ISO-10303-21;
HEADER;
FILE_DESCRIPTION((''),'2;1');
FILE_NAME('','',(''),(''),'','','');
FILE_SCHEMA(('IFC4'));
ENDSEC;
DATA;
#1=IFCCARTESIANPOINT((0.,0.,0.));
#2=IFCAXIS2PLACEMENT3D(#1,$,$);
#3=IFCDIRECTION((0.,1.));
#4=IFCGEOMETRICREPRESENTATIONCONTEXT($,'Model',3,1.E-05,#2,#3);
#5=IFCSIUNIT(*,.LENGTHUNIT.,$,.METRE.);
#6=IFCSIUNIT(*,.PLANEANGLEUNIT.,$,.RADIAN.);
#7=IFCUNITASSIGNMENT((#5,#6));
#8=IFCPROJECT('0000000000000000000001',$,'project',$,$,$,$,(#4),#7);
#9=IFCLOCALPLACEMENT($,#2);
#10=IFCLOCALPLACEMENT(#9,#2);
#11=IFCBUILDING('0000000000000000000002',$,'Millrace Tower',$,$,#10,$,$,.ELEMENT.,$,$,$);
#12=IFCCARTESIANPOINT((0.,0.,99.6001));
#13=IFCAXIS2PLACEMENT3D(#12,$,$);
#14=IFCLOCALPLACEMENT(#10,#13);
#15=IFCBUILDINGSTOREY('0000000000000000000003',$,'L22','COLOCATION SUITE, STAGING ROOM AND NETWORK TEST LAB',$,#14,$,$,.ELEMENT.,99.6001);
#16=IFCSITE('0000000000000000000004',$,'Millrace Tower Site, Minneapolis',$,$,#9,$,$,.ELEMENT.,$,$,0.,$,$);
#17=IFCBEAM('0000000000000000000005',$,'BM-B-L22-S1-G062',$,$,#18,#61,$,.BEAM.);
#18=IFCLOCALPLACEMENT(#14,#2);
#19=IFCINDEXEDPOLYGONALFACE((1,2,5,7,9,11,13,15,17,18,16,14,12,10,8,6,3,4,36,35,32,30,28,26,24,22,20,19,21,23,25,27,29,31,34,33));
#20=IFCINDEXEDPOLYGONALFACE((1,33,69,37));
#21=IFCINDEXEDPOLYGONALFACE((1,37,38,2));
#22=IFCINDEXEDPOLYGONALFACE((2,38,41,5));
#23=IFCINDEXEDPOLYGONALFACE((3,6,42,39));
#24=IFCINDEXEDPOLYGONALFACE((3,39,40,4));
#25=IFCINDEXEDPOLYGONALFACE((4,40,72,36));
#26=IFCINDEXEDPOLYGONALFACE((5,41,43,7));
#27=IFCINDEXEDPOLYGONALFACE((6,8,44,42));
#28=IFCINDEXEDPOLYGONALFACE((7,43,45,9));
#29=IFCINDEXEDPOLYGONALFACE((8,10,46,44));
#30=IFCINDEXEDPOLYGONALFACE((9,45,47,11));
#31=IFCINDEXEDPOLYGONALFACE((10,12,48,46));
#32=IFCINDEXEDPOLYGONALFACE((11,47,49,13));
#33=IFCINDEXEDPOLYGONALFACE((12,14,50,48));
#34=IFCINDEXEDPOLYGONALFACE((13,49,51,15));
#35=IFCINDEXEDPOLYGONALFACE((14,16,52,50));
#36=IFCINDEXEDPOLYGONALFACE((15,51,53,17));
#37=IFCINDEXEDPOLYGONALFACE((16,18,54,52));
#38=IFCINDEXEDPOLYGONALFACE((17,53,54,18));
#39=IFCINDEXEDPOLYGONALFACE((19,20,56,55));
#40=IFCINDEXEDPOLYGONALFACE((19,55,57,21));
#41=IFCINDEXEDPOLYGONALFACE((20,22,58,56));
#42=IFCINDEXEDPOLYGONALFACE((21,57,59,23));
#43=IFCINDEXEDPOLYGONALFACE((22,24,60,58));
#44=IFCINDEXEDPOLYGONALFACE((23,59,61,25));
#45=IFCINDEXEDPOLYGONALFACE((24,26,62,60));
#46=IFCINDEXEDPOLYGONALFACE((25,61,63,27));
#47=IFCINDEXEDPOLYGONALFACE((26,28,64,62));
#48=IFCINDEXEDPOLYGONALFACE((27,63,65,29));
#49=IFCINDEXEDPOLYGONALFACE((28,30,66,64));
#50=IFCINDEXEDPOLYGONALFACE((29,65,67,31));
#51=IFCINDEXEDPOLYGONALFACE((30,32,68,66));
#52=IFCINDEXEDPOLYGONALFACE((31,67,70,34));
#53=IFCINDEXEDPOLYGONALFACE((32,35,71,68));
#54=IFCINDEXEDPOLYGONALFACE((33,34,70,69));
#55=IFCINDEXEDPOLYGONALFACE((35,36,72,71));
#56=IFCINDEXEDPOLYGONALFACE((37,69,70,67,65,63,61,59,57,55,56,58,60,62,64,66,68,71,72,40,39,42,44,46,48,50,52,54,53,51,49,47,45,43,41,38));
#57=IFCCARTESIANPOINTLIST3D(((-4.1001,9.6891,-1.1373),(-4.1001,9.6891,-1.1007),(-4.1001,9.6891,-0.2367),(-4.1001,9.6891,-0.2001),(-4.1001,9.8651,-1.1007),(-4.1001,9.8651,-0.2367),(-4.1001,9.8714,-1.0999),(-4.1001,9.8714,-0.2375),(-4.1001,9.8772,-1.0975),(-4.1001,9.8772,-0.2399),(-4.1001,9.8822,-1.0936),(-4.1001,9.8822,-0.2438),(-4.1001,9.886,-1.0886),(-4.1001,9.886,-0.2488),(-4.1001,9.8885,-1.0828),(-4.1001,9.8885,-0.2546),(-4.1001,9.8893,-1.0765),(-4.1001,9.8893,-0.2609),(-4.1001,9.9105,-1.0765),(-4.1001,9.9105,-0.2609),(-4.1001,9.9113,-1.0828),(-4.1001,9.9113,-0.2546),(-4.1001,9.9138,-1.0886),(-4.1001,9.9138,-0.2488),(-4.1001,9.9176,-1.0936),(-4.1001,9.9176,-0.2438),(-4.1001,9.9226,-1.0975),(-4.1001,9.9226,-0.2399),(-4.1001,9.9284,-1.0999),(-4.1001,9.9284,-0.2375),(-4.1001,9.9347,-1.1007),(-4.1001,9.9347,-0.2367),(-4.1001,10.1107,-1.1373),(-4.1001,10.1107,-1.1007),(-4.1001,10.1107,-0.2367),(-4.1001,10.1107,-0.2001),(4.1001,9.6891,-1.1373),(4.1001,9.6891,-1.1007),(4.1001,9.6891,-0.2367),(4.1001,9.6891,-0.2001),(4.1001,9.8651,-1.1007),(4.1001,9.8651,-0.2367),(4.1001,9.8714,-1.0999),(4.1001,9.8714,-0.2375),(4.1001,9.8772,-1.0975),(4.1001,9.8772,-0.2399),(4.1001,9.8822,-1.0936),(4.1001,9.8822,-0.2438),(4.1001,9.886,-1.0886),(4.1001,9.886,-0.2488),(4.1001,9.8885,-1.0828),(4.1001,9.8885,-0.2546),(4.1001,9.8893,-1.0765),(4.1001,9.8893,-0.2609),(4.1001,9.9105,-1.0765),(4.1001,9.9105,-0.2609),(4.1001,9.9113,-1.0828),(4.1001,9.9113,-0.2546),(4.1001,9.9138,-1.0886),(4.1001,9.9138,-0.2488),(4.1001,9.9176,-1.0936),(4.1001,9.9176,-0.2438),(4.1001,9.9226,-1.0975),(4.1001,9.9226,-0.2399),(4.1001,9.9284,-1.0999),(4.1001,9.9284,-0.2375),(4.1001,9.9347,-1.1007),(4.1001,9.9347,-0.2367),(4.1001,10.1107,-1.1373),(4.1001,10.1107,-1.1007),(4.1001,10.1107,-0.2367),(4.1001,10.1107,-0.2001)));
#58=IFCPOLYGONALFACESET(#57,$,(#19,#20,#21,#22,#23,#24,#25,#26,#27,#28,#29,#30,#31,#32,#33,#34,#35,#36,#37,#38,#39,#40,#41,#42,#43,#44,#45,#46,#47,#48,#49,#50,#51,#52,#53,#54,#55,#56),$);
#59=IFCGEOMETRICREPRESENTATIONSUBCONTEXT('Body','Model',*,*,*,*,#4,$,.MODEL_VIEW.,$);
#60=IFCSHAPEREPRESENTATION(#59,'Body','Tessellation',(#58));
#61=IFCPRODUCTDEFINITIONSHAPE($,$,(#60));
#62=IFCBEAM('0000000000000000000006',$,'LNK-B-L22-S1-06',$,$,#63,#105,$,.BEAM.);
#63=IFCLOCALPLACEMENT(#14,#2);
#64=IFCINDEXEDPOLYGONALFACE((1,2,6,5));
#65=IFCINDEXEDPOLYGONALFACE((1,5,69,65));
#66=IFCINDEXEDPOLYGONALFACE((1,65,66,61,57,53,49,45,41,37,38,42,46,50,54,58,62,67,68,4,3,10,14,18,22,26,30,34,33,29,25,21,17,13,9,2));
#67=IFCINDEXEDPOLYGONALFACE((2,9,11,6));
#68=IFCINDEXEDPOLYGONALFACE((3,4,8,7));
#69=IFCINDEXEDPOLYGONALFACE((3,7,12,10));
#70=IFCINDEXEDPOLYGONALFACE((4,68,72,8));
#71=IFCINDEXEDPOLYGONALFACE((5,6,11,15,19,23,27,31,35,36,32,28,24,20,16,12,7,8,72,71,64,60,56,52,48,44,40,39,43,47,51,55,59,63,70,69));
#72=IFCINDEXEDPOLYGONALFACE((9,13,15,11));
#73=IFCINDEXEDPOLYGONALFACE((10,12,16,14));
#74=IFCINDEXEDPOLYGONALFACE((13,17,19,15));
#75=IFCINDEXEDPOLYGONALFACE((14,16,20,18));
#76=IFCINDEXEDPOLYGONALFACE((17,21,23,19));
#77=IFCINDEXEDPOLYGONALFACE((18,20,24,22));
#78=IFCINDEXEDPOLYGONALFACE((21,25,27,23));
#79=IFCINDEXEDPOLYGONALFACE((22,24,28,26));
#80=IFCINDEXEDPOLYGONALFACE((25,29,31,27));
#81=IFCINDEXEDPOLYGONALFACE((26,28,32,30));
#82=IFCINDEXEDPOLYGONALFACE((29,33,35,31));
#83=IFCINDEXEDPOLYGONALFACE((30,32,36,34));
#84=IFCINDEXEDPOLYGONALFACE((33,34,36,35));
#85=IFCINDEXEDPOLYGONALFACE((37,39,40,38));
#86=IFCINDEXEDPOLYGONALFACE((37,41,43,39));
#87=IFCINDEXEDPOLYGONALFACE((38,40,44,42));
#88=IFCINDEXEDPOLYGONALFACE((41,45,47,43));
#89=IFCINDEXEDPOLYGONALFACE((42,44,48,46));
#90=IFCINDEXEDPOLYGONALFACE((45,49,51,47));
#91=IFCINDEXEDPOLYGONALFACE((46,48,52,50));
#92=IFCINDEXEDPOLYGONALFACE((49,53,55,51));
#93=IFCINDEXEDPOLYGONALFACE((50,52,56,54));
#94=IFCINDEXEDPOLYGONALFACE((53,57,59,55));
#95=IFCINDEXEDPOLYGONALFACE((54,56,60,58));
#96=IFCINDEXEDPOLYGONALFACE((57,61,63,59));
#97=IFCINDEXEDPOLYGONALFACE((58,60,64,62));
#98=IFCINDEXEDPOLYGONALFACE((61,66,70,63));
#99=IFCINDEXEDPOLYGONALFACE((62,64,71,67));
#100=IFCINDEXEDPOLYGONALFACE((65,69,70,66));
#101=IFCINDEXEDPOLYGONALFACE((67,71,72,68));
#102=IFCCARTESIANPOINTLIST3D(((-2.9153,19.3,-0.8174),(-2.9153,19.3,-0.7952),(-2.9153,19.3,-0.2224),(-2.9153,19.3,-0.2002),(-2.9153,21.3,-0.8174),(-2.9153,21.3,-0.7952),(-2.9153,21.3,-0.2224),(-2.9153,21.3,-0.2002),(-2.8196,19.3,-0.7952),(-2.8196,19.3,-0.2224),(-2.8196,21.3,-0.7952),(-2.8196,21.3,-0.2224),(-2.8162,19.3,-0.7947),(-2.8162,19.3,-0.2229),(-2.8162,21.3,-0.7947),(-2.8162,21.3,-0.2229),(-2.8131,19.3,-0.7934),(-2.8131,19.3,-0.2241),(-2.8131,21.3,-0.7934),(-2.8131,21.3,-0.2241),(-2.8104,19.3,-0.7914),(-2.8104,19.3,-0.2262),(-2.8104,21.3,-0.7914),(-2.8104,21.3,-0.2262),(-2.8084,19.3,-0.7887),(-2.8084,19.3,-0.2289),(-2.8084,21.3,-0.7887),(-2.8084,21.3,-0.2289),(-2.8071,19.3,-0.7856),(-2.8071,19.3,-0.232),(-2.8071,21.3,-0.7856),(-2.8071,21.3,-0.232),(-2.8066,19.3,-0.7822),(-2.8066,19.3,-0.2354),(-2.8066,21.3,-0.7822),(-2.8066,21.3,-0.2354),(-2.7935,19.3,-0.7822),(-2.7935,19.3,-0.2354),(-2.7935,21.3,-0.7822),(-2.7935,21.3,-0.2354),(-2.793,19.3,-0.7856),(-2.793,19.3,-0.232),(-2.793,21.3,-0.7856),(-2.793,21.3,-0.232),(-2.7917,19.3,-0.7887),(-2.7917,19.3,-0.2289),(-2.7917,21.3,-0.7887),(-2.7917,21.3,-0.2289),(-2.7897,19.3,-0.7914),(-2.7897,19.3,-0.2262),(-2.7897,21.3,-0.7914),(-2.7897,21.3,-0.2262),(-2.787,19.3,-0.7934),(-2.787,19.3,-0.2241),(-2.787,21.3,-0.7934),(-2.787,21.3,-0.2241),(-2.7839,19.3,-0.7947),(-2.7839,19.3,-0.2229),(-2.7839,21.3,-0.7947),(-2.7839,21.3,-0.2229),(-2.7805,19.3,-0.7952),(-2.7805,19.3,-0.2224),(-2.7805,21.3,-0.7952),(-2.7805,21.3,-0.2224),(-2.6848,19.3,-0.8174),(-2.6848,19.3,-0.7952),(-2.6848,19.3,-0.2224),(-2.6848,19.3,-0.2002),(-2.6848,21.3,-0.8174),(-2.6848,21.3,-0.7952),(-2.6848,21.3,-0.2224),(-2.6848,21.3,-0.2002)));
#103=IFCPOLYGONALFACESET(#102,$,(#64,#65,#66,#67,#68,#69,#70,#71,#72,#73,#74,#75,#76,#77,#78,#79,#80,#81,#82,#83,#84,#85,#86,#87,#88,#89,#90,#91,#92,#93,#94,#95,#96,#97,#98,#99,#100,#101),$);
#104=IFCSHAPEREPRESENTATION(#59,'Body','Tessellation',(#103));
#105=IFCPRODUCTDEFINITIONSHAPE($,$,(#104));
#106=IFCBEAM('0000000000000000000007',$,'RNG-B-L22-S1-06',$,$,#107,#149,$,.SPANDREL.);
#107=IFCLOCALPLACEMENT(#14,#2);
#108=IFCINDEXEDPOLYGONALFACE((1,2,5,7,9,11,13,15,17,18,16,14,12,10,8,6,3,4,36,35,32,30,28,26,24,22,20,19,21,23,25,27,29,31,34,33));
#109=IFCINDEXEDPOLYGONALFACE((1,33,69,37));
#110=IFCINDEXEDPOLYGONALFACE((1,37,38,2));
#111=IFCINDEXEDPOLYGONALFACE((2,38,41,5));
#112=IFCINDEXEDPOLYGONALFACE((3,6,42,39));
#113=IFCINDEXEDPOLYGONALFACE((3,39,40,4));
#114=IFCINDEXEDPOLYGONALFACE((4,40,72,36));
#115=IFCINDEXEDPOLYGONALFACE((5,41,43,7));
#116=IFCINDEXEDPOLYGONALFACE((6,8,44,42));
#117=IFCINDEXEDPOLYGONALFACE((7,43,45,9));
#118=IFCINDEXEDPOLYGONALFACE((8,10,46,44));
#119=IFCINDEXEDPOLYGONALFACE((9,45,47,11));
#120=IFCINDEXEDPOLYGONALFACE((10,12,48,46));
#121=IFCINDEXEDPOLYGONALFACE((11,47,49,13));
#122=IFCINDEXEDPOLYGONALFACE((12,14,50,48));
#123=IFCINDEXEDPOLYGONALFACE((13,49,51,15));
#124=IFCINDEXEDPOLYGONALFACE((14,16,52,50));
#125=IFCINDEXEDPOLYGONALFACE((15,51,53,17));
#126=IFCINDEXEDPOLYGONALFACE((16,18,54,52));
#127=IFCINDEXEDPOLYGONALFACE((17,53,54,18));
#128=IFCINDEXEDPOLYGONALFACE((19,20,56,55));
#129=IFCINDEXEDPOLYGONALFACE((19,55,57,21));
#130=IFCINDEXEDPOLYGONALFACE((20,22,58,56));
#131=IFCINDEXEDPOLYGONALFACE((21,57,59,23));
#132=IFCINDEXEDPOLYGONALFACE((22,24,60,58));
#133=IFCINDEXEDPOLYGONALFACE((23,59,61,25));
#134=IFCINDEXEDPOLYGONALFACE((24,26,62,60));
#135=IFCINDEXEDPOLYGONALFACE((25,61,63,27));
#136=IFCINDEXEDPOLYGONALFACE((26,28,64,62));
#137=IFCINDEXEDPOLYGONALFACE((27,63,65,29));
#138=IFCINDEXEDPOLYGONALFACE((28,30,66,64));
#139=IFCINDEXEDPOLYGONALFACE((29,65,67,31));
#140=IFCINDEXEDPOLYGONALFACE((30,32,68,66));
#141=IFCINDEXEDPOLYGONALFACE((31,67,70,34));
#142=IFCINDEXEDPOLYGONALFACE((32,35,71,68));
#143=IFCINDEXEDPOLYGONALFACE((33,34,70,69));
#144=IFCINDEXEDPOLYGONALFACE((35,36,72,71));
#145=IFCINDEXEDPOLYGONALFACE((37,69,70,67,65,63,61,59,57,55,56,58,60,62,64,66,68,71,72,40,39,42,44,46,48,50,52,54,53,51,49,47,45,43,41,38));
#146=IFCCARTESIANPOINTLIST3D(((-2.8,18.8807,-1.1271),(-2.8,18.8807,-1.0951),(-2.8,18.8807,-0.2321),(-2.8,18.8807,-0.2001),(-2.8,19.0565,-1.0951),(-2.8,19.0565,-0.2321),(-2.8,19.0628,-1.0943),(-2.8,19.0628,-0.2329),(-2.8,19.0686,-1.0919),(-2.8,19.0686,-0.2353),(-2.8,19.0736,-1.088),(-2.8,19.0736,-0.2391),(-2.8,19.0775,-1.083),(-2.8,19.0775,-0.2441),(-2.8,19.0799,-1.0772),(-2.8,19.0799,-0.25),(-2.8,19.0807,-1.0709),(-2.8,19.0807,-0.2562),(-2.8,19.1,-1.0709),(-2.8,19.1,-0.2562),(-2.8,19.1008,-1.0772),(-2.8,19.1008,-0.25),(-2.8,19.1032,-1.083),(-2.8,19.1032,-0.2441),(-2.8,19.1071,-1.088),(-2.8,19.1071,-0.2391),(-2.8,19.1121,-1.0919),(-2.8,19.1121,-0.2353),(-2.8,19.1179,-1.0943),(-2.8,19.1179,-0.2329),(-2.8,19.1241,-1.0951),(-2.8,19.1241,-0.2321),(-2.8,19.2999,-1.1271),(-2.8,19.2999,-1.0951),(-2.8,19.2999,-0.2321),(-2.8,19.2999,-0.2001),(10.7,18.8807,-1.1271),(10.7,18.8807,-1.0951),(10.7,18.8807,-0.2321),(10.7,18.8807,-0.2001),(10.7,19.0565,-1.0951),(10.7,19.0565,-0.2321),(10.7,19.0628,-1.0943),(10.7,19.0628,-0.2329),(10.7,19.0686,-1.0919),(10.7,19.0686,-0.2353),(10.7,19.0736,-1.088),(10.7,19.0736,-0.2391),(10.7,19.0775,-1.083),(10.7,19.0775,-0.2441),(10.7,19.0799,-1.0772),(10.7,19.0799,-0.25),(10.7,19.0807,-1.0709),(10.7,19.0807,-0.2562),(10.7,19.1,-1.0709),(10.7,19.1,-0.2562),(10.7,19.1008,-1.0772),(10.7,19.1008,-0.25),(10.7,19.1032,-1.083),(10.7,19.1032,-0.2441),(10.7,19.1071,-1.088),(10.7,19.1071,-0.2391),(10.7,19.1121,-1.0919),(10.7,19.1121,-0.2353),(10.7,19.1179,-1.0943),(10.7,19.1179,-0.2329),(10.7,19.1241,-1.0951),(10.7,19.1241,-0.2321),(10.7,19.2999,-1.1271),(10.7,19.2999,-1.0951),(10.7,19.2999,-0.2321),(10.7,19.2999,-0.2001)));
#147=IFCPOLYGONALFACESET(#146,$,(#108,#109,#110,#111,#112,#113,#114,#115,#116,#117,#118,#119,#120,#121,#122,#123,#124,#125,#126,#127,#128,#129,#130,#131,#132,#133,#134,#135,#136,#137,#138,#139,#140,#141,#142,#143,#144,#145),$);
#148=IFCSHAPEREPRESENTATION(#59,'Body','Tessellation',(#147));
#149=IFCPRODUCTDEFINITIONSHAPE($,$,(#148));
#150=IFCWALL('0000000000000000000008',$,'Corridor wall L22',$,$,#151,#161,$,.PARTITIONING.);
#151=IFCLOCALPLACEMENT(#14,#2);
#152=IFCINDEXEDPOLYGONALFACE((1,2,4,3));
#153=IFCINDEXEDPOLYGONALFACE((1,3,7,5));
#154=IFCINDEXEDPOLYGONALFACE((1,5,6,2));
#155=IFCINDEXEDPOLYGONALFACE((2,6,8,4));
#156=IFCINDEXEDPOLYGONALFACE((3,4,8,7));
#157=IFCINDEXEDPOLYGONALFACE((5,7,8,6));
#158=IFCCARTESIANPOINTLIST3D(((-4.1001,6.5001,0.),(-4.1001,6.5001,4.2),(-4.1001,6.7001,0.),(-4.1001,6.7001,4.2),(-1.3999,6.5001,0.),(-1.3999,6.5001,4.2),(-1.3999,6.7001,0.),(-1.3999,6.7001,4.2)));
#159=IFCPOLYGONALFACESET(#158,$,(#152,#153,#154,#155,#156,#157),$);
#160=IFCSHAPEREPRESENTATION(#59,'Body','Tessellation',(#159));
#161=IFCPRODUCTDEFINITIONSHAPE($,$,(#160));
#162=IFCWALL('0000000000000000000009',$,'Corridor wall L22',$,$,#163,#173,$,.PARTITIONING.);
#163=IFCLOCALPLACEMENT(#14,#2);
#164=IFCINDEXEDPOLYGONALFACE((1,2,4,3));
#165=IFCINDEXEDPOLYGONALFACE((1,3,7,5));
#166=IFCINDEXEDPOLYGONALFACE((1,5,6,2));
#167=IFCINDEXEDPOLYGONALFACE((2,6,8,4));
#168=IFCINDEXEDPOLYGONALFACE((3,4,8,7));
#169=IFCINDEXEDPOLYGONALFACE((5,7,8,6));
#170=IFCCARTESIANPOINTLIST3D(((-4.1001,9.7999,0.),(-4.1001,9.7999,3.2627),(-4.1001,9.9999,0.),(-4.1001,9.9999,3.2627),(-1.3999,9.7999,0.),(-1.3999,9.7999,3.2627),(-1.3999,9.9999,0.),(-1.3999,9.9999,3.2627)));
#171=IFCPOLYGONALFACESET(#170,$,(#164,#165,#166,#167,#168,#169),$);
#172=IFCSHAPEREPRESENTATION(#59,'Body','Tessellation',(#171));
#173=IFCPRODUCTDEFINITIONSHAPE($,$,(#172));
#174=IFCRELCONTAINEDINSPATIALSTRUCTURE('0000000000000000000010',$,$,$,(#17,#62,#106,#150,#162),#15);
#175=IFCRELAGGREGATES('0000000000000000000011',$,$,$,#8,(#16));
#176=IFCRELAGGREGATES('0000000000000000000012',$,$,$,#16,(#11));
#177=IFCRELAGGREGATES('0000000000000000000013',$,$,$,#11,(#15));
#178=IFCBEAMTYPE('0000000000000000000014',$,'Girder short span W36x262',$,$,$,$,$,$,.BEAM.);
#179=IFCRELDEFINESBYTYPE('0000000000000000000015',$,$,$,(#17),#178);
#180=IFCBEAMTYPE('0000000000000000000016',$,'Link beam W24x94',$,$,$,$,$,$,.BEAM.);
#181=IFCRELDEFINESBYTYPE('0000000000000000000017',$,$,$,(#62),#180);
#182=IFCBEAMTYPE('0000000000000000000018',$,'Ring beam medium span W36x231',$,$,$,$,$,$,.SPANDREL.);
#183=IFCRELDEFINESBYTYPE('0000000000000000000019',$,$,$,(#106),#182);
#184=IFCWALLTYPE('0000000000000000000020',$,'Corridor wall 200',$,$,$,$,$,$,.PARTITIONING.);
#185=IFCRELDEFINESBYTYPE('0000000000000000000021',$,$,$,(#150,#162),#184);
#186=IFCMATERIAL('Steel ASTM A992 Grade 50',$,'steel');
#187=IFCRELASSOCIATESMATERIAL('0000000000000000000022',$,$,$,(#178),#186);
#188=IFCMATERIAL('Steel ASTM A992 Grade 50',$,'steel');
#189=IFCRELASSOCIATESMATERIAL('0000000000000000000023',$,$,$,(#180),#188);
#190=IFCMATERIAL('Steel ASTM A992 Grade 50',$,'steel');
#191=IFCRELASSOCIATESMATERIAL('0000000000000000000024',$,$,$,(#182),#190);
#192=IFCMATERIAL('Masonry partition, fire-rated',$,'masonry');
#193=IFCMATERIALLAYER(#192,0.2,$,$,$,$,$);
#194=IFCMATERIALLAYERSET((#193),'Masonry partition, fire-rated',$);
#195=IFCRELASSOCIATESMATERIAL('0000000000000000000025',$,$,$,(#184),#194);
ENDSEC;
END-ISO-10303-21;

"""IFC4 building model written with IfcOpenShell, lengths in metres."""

from ifc_helpers import new_model, si_unit, direction, frame, frame_2d, origin, origin_2d, place, context, subcontext, project, spatial, rectangle, i_section, extrude, material, layer, layer_set, material_profile, profile_set, type_object, element, save


model = new_model("IFC4")

# Units and contexts
model_context = context("Model", 3, precision=1e-05, world=origin(), true_north=direction((0.0, 1.0)))
body_context = subcontext(model_context, "Body", "Model", "MODEL_VIEW")
ifc_project = project(units=[si_unit("LENGTHUNIT", "METRE"), si_unit("PLANEANGLEUNIT", "RADIAN")], contexts=[model_context])

# Site, building, storey
site_placement = place(None, origin())
site = spatial("IfcSite", under=ifc_project, at=site_placement, Name="Millrace Tower Site, Minneapolis", CompositionType="ELEMENT", RefElevation=0.0)
building_placement = place(site_placement, origin())
building = spatial("IfcBuilding", under=site, at=building_placement, Name="Millrace Tower", CompositionType="ELEMENT")
storey_placement = place(building_placement, frame((0.0, 0.0, 99.6001)))
storey = spatial("IfcBuildingStorey", under=building, at=storey_placement, Name="L22", Description="COLOCATION SUITE, STAGING ROOM AND NETWORK TEST LAB", CompositionType="ELEMENT", Elevation=99.6001)

# Beams
ifc_material_1 = material(Name="Steel ASTM A992 Grade 50", Category="steel")
ifc_material_profile_1 = material_profile(ifc_material_1, i_section(OverallWidth=0.4216, OverallDepth=0.9373, WebThickness=0.0212, FlangeThickness=0.0366, FilletRadius=0.0242, at=origin_2d()))
ifc_profile_set_1 = profile_set([ifc_material_profile_1], Name="Steel ASTM A992 Grade 50")
beam_type_1 = type_object("IfcBeamType", Name="Girder short span W36x262", PredefinedType="BEAM", material=ifc_profile_set_1)
beam_1_placement = place(storey_placement, frame((-4.1001, 9.8999, -0.6687), z_axis=(1.0, 0.0, 0.0), x_axis=(0.0, 1.0, 0.0)))
element("IfcBeam", 1, at=beam_1_placement, inside=storey, type_object=beam_type_1, Name="BM-B-L22-S1-G062", PredefinedType="BEAM", context=body_context, shape_type="SweptSolid", body=[
    extrude(i_section(OverallWidth=0.4216, OverallDepth=0.9373, WebThickness=0.0212, FlangeThickness=0.0366, FilletRadius=0.0242, at=origin_2d()), origin(), (0.0, 0.0, 1.0), 8.2002),
])
ifc_material_2 = material(Name="Steel ASTM A992 Grade 50", Category="steel")
ifc_material_profile_2 = material_profile(ifc_material_2, i_section(OverallWidth=0.2305, OverallDepth=0.6172, WebThickness=0.0132, FlangeThickness=0.0222, FilletRadius=0.0129, at=origin_2d()))
ifc_profile_set_2 = profile_set([ifc_material_profile_2], Name="Steel ASTM A992 Grade 50")
beam_type_2 = type_object("IfcBeamType", Name="Link beam W24x94", PredefinedType="BEAM", material=ifc_profile_set_2)
beam_2_placement = place(storey_placement, frame((-2.8, 19.3, -0.5088), z_axis=(0.0, 1.0, 0.0), x_axis=(-1.0, 0.0, 0.0)))
element("IfcBeam", 2, at=beam_2_placement, inside=storey, type_object=beam_type_2, Name="LNK-B-L22-S1-06", PredefinedType="BEAM", context=body_context, shape_type="SweptSolid", body=[
    extrude(i_section(OverallWidth=0.2305, OverallDepth=0.6172, WebThickness=0.0132, FlangeThickness=0.0222, FilletRadius=0.0129, at=origin_2d()), origin(), (0.0, 0.0, 1.0), 2.0),
])
ifc_material_3 = material(Name="Steel ASTM A992 Grade 50", Category="steel")
ifc_material_profile_3 = material_profile(ifc_material_3, i_section(OverallWidth=0.4192, OverallDepth=0.927, WebThickness=0.0193, FlangeThickness=0.032, FilletRadius=0.0242, at=origin_2d()))
ifc_profile_set_3 = profile_set([ifc_material_profile_3], Name="Steel ASTM A992 Grade 50")
beam_type_3 = type_object("IfcBeamType", Name="Ring beam medium span W36x231", PredefinedType="SPANDREL", material=ifc_profile_set_3)
beam_3_placement = place(storey_placement, frame((-2.8, 19.0903, -0.6636), z_axis=(1.0, 0.0, 0.0), x_axis=(0.0, 1.0, 0.0)))
element("IfcBeam", 3, at=beam_3_placement, inside=storey, type_object=beam_type_3, Name="RNG-B-L22-S1-06", PredefinedType="SPANDREL", context=body_context, shape_type="SweptSolid", body=[
    extrude(i_section(OverallWidth=0.4192, OverallDepth=0.927, WebThickness=0.0193, FlangeThickness=0.032, FilletRadius=0.0242, at=origin_2d()), origin(), (0.0, 0.0, 1.0), 13.5),
])

# Walls
ifc_material_4 = material(Name="Masonry partition, fire-rated", Category="masonry")
ifc_layer_1 = layer(ifc_material_4, 0.2)
ifc_layer_set_1 = layer_set([ifc_layer_1], Name="Masonry partition, fire-rated")
wall_type = type_object("IfcWallType", Name="Corridor wall 200", PredefinedType="PARTITIONING", material=ifc_layer_set_1)
wall_1_placement = place(storey_placement, frame((-4.1001, 6.6001, 0.0), z_axis=(0.0, 0.0, 1.0), x_axis=(1.0, 0.0, 0.0)))
element("IfcWall", 4, at=wall_1_placement, inside=storey, type_object=wall_type, Name="Corridor wall L22", PredefinedType="PARTITIONING", context=body_context, shape_type="SweptSolid", body=[
    extrude(rectangle(XDim=2.7002, YDim=0.2, at=frame_2d((1.3501, 0.0))), origin(), (0.0, 0.0, 1.0), 4.2),
])
wall_2_placement = place(storey_placement, frame((-4.1001, 9.8999, 0.0), z_axis=(0.0, 0.0, 1.0), x_axis=(1.0, 0.0, 0.0)))
element("IfcWall", 5, at=wall_2_placement, inside=storey, type_object=wall_type, Name="Corridor wall L22", PredefinedType="PARTITIONING", context=body_context, shape_type="SweptSolid", body=[
    extrude(rectangle(XDim=2.7002, YDim=0.2, at=frame_2d((1.3501, 0.0))), origin(), (0.0, 0.0, 1.0), 3.2627),
])

save(model, "model.ifc")
